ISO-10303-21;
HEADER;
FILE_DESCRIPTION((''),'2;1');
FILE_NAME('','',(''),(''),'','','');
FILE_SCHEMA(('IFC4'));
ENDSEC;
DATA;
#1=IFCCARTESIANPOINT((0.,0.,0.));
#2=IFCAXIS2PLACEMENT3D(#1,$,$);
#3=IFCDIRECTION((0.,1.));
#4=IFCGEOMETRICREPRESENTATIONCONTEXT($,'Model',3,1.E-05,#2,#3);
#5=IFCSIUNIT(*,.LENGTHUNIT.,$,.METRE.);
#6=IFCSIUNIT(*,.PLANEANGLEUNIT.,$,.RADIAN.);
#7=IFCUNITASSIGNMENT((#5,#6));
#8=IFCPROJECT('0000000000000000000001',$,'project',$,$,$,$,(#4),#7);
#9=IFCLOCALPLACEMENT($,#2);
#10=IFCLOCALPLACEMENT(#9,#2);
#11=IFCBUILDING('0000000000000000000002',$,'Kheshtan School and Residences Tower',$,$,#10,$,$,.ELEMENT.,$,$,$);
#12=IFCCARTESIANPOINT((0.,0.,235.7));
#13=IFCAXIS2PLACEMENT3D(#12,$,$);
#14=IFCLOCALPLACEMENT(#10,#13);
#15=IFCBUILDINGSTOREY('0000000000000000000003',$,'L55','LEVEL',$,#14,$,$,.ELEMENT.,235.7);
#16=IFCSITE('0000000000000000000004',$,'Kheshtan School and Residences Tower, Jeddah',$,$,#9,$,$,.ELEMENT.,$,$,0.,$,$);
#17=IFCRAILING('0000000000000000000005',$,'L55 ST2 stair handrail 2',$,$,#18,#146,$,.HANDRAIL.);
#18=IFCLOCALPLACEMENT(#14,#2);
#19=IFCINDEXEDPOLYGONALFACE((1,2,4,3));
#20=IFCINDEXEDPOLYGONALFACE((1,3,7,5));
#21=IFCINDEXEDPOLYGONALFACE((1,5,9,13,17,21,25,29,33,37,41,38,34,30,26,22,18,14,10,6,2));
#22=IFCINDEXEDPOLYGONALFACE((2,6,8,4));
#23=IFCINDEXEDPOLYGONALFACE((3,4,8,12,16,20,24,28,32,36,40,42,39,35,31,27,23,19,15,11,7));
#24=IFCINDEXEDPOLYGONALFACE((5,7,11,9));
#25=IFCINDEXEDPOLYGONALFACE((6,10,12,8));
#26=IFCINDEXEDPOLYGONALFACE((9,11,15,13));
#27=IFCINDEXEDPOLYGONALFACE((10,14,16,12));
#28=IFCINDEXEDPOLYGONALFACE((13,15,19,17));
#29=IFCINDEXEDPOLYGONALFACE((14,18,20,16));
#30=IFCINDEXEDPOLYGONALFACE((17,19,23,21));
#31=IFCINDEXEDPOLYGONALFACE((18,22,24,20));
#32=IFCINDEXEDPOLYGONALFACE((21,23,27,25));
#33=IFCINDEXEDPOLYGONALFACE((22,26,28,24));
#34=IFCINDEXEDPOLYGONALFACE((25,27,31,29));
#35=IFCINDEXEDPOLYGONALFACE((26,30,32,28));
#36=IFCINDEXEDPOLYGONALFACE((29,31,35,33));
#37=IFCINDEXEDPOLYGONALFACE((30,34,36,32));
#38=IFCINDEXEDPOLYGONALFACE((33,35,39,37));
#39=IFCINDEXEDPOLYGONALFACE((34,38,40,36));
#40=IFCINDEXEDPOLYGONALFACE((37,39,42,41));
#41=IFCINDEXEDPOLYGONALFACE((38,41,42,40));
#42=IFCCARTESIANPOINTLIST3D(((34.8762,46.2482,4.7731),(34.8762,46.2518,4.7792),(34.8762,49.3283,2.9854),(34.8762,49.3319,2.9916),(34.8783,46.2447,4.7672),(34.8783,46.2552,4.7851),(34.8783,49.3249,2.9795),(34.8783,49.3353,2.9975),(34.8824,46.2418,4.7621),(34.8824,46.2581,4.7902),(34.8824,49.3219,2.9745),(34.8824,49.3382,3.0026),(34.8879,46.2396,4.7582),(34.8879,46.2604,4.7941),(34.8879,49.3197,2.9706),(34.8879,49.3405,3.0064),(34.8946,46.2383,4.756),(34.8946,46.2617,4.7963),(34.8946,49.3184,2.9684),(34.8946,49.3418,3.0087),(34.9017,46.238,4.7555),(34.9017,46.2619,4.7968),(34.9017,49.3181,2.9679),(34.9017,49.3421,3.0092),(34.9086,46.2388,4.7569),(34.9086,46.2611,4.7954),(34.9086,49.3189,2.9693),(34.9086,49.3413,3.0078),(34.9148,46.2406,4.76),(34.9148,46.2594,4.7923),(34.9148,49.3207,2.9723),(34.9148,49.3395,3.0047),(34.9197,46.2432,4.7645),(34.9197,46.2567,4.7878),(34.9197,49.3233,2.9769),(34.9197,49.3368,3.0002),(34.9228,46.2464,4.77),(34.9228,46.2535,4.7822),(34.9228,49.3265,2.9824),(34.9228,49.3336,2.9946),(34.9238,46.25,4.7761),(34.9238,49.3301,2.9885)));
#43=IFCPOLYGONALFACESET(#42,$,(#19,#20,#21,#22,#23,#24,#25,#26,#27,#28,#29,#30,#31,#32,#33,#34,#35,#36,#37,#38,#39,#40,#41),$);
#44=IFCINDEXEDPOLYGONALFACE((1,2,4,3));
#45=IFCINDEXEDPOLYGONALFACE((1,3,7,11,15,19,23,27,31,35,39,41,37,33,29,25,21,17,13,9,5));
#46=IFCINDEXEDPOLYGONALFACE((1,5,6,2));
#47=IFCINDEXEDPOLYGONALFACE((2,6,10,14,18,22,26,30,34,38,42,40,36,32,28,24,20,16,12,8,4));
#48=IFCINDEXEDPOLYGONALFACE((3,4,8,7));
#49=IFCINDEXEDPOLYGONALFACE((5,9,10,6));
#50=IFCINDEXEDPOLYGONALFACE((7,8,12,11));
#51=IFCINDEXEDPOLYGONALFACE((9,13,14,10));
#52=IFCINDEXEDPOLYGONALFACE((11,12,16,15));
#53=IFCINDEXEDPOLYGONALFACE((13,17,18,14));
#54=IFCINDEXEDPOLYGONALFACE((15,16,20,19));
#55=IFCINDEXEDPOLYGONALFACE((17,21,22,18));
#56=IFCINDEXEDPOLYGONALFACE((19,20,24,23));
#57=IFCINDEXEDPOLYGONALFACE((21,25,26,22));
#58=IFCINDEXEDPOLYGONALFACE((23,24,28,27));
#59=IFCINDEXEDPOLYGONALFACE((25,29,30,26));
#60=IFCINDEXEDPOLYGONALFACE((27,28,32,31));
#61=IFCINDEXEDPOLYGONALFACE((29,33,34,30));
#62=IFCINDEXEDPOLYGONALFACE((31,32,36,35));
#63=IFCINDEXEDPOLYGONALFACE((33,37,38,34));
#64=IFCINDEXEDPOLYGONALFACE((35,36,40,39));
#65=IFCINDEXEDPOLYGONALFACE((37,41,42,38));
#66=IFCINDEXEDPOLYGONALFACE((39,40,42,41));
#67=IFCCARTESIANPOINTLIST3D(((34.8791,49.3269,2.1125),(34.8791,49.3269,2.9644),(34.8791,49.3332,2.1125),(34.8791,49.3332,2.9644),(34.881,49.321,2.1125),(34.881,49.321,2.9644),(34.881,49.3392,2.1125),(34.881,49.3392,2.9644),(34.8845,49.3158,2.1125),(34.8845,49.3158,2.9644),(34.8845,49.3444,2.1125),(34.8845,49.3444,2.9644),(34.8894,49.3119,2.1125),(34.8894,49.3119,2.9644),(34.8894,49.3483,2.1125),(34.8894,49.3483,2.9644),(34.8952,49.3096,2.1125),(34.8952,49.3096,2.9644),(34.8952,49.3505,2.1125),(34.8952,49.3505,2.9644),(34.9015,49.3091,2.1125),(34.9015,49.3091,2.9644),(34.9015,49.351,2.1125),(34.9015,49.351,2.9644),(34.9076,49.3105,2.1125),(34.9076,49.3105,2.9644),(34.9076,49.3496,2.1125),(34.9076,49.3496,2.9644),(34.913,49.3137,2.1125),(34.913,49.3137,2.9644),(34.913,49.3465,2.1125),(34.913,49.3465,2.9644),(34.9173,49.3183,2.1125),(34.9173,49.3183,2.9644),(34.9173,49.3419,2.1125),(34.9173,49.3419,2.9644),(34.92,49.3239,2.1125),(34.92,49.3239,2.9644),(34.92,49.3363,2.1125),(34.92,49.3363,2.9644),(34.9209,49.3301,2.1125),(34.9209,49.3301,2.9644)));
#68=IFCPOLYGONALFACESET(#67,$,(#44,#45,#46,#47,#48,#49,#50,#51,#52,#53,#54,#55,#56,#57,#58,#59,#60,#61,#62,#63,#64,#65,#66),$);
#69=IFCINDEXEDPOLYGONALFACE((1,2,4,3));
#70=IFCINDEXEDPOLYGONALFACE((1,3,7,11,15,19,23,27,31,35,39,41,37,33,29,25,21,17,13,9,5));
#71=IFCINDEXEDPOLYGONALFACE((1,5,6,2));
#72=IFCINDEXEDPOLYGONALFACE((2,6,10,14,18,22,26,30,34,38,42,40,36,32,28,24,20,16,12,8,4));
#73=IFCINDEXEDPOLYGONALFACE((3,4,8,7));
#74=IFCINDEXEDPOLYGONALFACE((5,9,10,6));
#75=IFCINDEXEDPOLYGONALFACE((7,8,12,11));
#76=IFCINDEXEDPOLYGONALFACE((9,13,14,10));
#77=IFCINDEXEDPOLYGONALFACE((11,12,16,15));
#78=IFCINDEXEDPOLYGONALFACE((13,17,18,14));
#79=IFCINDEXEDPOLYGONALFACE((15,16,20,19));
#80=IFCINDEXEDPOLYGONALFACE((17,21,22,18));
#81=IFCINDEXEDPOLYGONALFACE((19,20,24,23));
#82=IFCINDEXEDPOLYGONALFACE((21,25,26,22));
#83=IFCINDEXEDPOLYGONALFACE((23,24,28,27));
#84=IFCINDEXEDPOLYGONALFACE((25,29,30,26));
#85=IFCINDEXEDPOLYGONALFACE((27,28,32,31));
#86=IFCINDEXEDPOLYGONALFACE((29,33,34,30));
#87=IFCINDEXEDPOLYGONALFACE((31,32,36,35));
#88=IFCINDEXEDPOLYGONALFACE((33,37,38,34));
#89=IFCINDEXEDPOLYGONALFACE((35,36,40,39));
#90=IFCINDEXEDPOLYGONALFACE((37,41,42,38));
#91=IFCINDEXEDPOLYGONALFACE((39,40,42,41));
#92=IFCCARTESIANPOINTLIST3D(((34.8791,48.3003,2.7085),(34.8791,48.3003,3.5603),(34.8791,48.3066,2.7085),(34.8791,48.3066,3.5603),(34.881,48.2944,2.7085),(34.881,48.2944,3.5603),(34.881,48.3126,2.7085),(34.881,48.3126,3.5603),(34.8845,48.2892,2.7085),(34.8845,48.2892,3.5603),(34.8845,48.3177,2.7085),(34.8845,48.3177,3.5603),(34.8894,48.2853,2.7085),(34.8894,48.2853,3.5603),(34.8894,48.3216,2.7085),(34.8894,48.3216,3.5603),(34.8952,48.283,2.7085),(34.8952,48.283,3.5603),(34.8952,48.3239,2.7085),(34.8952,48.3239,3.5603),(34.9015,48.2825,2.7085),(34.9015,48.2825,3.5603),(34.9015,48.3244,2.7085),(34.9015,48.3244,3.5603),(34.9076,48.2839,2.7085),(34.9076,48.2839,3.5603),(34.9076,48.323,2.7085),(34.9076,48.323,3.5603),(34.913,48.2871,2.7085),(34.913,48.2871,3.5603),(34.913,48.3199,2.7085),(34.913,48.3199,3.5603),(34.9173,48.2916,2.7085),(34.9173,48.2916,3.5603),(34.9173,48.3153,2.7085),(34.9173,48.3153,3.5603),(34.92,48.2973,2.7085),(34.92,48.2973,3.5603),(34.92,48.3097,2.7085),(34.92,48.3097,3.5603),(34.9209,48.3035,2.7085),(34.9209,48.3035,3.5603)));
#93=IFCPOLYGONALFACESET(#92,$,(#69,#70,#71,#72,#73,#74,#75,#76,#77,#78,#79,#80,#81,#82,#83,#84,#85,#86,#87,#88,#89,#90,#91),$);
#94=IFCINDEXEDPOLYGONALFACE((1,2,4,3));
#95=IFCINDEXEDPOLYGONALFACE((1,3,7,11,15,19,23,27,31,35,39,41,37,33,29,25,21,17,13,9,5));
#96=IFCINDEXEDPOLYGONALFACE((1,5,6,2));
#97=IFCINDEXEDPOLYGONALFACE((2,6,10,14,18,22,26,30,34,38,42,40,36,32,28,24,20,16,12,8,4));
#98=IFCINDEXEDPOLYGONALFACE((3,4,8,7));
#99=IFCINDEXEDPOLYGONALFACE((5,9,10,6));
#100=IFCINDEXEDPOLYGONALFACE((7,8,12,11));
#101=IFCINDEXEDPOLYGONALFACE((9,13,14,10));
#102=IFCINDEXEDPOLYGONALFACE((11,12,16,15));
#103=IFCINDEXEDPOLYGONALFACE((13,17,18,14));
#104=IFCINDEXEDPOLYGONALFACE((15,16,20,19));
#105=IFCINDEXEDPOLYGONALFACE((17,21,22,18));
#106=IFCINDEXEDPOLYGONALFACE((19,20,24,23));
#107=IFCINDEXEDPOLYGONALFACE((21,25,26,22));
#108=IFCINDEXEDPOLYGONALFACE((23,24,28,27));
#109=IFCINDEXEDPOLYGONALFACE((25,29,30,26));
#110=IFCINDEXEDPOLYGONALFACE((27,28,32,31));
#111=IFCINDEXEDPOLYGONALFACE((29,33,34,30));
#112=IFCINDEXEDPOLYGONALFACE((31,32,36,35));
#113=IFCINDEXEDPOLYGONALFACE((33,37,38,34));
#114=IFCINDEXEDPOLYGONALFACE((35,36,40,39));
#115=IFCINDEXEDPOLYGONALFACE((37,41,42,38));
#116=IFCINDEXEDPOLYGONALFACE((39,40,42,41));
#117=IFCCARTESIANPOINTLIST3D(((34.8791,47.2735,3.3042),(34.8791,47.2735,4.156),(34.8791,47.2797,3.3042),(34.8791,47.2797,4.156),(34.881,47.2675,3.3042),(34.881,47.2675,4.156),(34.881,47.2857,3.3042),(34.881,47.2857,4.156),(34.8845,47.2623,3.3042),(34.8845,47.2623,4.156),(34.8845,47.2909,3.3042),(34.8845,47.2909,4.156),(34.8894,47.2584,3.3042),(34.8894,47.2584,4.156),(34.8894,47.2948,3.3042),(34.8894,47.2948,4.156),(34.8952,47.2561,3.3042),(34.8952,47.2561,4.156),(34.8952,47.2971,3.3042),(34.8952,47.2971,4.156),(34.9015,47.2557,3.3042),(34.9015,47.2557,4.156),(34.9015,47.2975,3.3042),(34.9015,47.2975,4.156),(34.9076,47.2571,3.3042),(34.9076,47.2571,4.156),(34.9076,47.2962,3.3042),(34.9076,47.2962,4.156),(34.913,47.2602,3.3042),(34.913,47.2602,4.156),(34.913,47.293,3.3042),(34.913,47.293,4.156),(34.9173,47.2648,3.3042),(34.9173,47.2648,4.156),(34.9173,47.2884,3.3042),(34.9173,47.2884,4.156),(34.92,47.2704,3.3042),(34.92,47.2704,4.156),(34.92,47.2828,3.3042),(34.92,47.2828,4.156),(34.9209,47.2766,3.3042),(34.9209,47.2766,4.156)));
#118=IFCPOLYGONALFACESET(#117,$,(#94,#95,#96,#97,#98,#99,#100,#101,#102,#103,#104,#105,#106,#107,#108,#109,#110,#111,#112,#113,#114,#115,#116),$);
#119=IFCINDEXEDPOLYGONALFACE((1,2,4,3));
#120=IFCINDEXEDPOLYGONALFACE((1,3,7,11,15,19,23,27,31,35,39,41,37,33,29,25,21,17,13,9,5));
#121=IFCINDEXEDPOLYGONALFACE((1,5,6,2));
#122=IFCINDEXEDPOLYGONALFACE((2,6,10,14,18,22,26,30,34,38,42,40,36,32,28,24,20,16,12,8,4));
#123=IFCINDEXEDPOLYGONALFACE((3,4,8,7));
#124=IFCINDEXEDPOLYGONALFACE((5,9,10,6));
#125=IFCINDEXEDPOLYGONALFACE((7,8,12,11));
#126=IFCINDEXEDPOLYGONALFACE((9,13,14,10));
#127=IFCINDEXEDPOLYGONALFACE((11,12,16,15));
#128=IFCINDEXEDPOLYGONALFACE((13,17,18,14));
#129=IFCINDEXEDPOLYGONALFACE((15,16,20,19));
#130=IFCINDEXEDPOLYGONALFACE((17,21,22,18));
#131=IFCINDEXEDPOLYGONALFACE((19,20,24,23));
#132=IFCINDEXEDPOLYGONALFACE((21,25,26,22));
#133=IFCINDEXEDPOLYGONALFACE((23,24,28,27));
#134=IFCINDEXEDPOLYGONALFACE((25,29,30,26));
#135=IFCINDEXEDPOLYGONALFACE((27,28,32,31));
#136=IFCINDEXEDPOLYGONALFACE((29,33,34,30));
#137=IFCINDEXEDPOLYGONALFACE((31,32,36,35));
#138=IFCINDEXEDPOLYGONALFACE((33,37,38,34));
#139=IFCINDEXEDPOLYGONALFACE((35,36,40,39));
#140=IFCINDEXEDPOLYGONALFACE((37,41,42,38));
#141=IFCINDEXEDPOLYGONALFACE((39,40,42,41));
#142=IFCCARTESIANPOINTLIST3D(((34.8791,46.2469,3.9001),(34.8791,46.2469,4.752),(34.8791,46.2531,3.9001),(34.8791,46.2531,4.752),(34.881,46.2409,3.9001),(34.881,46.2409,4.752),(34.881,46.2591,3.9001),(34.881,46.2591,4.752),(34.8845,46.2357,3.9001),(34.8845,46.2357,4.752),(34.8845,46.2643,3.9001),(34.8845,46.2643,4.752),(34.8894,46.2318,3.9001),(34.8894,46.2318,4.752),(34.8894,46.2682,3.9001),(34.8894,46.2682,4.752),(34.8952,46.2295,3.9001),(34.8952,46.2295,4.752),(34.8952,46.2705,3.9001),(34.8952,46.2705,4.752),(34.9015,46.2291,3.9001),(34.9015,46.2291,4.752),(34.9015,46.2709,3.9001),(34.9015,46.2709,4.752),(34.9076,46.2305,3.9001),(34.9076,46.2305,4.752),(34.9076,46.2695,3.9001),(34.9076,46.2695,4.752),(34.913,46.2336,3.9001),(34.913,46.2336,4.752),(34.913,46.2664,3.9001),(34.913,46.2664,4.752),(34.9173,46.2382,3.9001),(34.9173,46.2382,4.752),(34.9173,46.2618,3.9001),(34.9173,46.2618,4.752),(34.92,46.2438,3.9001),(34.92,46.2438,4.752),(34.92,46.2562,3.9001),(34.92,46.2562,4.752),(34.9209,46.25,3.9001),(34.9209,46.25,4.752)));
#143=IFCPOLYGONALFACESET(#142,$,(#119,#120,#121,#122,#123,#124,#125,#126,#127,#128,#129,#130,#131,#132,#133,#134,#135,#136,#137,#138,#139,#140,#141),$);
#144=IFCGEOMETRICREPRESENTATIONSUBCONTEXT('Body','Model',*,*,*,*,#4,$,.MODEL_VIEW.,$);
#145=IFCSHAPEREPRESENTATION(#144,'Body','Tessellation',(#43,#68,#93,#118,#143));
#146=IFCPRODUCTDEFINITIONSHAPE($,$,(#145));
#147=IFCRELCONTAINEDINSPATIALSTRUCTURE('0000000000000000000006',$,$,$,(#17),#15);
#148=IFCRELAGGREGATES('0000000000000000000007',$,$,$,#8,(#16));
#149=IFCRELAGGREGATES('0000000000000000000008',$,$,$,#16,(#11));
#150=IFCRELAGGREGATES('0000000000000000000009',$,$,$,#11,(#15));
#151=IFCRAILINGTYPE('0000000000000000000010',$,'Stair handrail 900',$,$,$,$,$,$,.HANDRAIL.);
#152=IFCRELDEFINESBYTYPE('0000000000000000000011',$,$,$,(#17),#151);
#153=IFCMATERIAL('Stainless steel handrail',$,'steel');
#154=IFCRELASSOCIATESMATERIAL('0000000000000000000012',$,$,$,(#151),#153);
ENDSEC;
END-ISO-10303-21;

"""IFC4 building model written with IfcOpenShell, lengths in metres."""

from ifc_helpers import new_model, si_unit, direction, frame, origin, origin_2d, place, context, subcontext, project, spatial, circle, extrude, material, type_object, element, save


model = new_model("IFC4")

# Units and contexts
model_context = context("Model", 3, precision=1e-05, world=origin(), true_north=direction((0.0, 1.0)))
body_context = subcontext(model_context, "Body", "Model", "MODEL_VIEW")
ifc_project = project(units=[si_unit("LENGTHUNIT", "METRE"), si_unit("PLANEANGLEUNIT", "RADIAN")], contexts=[model_context])

# Site, building, storey
site_placement = place(None, origin())
site = spatial("IfcSite", under=ifc_project, at=site_placement, Name="Kheshtan School and Residences Tower, Jeddah", CompositionType="ELEMENT", RefElevation=0.0)
building_placement = place(site_placement, origin())
building = spatial("IfcBuilding", under=site, at=building_placement, Name="Kheshtan School and Residences Tower", CompositionType="ELEMENT")
storey_placement = place(building_placement, frame((0.0, 0.0, 235.7)))
storey = spatial("IfcBuildingStorey", under=building, at=storey_placement, Name="L55", Description="LEVEL", CompositionType="ELEMENT", Elevation=235.7)

# Railing
ifc_material_1 = material(Name="Stainless steel handrail", Category="steel")
railing_type_1 = type_object("IfcRailingType", Name="Stair handrail 900", PredefinedType="HANDRAIL", material=ifc_material_1)
railing_1_placement = place(storey_placement, frame((34.8999, 49.3301, 2.1125)))
element("IfcRailing", 1, at=railing_1_placement, inside=storey, type_object=railing_type_1, Name="L55 ST2 stair handrail 2", PredefinedType="HANDRAIL", context=body_context, shape_type="SweptSolid", body=[
    extrude(circle(Radius=0.0239, at=origin_2d()), frame((0.0, 0.0, 0.876), z_axis=(0.0, -0.864891, 0.50196), x_axis=(1.0, 0.0, 0.0)), (0.0, 0.0, 1.0), 3.5613),
    extrude(circle(Radius=0.021, at=origin_2d()), origin(), (0.0, 0.0, 1.0), 0.8518),
    extrude(circle(Radius=0.021, at=origin_2d()), frame((0.0, -1.0266, 0.5959)), (0.0, 0.0, 1.0), 0.8518),
    extrude(circle(Radius=0.021, at=origin_2d()), frame((0.0, -2.0535, 1.1917)), (0.0, 0.0, 1.0), 0.8518),
    extrude(circle(Radius=0.021, at=origin_2d()), frame((0.0, -3.0801, 1.7876)), (0.0, 0.0, 1.0), 0.8518),
])

save(model, "model.ifc")
